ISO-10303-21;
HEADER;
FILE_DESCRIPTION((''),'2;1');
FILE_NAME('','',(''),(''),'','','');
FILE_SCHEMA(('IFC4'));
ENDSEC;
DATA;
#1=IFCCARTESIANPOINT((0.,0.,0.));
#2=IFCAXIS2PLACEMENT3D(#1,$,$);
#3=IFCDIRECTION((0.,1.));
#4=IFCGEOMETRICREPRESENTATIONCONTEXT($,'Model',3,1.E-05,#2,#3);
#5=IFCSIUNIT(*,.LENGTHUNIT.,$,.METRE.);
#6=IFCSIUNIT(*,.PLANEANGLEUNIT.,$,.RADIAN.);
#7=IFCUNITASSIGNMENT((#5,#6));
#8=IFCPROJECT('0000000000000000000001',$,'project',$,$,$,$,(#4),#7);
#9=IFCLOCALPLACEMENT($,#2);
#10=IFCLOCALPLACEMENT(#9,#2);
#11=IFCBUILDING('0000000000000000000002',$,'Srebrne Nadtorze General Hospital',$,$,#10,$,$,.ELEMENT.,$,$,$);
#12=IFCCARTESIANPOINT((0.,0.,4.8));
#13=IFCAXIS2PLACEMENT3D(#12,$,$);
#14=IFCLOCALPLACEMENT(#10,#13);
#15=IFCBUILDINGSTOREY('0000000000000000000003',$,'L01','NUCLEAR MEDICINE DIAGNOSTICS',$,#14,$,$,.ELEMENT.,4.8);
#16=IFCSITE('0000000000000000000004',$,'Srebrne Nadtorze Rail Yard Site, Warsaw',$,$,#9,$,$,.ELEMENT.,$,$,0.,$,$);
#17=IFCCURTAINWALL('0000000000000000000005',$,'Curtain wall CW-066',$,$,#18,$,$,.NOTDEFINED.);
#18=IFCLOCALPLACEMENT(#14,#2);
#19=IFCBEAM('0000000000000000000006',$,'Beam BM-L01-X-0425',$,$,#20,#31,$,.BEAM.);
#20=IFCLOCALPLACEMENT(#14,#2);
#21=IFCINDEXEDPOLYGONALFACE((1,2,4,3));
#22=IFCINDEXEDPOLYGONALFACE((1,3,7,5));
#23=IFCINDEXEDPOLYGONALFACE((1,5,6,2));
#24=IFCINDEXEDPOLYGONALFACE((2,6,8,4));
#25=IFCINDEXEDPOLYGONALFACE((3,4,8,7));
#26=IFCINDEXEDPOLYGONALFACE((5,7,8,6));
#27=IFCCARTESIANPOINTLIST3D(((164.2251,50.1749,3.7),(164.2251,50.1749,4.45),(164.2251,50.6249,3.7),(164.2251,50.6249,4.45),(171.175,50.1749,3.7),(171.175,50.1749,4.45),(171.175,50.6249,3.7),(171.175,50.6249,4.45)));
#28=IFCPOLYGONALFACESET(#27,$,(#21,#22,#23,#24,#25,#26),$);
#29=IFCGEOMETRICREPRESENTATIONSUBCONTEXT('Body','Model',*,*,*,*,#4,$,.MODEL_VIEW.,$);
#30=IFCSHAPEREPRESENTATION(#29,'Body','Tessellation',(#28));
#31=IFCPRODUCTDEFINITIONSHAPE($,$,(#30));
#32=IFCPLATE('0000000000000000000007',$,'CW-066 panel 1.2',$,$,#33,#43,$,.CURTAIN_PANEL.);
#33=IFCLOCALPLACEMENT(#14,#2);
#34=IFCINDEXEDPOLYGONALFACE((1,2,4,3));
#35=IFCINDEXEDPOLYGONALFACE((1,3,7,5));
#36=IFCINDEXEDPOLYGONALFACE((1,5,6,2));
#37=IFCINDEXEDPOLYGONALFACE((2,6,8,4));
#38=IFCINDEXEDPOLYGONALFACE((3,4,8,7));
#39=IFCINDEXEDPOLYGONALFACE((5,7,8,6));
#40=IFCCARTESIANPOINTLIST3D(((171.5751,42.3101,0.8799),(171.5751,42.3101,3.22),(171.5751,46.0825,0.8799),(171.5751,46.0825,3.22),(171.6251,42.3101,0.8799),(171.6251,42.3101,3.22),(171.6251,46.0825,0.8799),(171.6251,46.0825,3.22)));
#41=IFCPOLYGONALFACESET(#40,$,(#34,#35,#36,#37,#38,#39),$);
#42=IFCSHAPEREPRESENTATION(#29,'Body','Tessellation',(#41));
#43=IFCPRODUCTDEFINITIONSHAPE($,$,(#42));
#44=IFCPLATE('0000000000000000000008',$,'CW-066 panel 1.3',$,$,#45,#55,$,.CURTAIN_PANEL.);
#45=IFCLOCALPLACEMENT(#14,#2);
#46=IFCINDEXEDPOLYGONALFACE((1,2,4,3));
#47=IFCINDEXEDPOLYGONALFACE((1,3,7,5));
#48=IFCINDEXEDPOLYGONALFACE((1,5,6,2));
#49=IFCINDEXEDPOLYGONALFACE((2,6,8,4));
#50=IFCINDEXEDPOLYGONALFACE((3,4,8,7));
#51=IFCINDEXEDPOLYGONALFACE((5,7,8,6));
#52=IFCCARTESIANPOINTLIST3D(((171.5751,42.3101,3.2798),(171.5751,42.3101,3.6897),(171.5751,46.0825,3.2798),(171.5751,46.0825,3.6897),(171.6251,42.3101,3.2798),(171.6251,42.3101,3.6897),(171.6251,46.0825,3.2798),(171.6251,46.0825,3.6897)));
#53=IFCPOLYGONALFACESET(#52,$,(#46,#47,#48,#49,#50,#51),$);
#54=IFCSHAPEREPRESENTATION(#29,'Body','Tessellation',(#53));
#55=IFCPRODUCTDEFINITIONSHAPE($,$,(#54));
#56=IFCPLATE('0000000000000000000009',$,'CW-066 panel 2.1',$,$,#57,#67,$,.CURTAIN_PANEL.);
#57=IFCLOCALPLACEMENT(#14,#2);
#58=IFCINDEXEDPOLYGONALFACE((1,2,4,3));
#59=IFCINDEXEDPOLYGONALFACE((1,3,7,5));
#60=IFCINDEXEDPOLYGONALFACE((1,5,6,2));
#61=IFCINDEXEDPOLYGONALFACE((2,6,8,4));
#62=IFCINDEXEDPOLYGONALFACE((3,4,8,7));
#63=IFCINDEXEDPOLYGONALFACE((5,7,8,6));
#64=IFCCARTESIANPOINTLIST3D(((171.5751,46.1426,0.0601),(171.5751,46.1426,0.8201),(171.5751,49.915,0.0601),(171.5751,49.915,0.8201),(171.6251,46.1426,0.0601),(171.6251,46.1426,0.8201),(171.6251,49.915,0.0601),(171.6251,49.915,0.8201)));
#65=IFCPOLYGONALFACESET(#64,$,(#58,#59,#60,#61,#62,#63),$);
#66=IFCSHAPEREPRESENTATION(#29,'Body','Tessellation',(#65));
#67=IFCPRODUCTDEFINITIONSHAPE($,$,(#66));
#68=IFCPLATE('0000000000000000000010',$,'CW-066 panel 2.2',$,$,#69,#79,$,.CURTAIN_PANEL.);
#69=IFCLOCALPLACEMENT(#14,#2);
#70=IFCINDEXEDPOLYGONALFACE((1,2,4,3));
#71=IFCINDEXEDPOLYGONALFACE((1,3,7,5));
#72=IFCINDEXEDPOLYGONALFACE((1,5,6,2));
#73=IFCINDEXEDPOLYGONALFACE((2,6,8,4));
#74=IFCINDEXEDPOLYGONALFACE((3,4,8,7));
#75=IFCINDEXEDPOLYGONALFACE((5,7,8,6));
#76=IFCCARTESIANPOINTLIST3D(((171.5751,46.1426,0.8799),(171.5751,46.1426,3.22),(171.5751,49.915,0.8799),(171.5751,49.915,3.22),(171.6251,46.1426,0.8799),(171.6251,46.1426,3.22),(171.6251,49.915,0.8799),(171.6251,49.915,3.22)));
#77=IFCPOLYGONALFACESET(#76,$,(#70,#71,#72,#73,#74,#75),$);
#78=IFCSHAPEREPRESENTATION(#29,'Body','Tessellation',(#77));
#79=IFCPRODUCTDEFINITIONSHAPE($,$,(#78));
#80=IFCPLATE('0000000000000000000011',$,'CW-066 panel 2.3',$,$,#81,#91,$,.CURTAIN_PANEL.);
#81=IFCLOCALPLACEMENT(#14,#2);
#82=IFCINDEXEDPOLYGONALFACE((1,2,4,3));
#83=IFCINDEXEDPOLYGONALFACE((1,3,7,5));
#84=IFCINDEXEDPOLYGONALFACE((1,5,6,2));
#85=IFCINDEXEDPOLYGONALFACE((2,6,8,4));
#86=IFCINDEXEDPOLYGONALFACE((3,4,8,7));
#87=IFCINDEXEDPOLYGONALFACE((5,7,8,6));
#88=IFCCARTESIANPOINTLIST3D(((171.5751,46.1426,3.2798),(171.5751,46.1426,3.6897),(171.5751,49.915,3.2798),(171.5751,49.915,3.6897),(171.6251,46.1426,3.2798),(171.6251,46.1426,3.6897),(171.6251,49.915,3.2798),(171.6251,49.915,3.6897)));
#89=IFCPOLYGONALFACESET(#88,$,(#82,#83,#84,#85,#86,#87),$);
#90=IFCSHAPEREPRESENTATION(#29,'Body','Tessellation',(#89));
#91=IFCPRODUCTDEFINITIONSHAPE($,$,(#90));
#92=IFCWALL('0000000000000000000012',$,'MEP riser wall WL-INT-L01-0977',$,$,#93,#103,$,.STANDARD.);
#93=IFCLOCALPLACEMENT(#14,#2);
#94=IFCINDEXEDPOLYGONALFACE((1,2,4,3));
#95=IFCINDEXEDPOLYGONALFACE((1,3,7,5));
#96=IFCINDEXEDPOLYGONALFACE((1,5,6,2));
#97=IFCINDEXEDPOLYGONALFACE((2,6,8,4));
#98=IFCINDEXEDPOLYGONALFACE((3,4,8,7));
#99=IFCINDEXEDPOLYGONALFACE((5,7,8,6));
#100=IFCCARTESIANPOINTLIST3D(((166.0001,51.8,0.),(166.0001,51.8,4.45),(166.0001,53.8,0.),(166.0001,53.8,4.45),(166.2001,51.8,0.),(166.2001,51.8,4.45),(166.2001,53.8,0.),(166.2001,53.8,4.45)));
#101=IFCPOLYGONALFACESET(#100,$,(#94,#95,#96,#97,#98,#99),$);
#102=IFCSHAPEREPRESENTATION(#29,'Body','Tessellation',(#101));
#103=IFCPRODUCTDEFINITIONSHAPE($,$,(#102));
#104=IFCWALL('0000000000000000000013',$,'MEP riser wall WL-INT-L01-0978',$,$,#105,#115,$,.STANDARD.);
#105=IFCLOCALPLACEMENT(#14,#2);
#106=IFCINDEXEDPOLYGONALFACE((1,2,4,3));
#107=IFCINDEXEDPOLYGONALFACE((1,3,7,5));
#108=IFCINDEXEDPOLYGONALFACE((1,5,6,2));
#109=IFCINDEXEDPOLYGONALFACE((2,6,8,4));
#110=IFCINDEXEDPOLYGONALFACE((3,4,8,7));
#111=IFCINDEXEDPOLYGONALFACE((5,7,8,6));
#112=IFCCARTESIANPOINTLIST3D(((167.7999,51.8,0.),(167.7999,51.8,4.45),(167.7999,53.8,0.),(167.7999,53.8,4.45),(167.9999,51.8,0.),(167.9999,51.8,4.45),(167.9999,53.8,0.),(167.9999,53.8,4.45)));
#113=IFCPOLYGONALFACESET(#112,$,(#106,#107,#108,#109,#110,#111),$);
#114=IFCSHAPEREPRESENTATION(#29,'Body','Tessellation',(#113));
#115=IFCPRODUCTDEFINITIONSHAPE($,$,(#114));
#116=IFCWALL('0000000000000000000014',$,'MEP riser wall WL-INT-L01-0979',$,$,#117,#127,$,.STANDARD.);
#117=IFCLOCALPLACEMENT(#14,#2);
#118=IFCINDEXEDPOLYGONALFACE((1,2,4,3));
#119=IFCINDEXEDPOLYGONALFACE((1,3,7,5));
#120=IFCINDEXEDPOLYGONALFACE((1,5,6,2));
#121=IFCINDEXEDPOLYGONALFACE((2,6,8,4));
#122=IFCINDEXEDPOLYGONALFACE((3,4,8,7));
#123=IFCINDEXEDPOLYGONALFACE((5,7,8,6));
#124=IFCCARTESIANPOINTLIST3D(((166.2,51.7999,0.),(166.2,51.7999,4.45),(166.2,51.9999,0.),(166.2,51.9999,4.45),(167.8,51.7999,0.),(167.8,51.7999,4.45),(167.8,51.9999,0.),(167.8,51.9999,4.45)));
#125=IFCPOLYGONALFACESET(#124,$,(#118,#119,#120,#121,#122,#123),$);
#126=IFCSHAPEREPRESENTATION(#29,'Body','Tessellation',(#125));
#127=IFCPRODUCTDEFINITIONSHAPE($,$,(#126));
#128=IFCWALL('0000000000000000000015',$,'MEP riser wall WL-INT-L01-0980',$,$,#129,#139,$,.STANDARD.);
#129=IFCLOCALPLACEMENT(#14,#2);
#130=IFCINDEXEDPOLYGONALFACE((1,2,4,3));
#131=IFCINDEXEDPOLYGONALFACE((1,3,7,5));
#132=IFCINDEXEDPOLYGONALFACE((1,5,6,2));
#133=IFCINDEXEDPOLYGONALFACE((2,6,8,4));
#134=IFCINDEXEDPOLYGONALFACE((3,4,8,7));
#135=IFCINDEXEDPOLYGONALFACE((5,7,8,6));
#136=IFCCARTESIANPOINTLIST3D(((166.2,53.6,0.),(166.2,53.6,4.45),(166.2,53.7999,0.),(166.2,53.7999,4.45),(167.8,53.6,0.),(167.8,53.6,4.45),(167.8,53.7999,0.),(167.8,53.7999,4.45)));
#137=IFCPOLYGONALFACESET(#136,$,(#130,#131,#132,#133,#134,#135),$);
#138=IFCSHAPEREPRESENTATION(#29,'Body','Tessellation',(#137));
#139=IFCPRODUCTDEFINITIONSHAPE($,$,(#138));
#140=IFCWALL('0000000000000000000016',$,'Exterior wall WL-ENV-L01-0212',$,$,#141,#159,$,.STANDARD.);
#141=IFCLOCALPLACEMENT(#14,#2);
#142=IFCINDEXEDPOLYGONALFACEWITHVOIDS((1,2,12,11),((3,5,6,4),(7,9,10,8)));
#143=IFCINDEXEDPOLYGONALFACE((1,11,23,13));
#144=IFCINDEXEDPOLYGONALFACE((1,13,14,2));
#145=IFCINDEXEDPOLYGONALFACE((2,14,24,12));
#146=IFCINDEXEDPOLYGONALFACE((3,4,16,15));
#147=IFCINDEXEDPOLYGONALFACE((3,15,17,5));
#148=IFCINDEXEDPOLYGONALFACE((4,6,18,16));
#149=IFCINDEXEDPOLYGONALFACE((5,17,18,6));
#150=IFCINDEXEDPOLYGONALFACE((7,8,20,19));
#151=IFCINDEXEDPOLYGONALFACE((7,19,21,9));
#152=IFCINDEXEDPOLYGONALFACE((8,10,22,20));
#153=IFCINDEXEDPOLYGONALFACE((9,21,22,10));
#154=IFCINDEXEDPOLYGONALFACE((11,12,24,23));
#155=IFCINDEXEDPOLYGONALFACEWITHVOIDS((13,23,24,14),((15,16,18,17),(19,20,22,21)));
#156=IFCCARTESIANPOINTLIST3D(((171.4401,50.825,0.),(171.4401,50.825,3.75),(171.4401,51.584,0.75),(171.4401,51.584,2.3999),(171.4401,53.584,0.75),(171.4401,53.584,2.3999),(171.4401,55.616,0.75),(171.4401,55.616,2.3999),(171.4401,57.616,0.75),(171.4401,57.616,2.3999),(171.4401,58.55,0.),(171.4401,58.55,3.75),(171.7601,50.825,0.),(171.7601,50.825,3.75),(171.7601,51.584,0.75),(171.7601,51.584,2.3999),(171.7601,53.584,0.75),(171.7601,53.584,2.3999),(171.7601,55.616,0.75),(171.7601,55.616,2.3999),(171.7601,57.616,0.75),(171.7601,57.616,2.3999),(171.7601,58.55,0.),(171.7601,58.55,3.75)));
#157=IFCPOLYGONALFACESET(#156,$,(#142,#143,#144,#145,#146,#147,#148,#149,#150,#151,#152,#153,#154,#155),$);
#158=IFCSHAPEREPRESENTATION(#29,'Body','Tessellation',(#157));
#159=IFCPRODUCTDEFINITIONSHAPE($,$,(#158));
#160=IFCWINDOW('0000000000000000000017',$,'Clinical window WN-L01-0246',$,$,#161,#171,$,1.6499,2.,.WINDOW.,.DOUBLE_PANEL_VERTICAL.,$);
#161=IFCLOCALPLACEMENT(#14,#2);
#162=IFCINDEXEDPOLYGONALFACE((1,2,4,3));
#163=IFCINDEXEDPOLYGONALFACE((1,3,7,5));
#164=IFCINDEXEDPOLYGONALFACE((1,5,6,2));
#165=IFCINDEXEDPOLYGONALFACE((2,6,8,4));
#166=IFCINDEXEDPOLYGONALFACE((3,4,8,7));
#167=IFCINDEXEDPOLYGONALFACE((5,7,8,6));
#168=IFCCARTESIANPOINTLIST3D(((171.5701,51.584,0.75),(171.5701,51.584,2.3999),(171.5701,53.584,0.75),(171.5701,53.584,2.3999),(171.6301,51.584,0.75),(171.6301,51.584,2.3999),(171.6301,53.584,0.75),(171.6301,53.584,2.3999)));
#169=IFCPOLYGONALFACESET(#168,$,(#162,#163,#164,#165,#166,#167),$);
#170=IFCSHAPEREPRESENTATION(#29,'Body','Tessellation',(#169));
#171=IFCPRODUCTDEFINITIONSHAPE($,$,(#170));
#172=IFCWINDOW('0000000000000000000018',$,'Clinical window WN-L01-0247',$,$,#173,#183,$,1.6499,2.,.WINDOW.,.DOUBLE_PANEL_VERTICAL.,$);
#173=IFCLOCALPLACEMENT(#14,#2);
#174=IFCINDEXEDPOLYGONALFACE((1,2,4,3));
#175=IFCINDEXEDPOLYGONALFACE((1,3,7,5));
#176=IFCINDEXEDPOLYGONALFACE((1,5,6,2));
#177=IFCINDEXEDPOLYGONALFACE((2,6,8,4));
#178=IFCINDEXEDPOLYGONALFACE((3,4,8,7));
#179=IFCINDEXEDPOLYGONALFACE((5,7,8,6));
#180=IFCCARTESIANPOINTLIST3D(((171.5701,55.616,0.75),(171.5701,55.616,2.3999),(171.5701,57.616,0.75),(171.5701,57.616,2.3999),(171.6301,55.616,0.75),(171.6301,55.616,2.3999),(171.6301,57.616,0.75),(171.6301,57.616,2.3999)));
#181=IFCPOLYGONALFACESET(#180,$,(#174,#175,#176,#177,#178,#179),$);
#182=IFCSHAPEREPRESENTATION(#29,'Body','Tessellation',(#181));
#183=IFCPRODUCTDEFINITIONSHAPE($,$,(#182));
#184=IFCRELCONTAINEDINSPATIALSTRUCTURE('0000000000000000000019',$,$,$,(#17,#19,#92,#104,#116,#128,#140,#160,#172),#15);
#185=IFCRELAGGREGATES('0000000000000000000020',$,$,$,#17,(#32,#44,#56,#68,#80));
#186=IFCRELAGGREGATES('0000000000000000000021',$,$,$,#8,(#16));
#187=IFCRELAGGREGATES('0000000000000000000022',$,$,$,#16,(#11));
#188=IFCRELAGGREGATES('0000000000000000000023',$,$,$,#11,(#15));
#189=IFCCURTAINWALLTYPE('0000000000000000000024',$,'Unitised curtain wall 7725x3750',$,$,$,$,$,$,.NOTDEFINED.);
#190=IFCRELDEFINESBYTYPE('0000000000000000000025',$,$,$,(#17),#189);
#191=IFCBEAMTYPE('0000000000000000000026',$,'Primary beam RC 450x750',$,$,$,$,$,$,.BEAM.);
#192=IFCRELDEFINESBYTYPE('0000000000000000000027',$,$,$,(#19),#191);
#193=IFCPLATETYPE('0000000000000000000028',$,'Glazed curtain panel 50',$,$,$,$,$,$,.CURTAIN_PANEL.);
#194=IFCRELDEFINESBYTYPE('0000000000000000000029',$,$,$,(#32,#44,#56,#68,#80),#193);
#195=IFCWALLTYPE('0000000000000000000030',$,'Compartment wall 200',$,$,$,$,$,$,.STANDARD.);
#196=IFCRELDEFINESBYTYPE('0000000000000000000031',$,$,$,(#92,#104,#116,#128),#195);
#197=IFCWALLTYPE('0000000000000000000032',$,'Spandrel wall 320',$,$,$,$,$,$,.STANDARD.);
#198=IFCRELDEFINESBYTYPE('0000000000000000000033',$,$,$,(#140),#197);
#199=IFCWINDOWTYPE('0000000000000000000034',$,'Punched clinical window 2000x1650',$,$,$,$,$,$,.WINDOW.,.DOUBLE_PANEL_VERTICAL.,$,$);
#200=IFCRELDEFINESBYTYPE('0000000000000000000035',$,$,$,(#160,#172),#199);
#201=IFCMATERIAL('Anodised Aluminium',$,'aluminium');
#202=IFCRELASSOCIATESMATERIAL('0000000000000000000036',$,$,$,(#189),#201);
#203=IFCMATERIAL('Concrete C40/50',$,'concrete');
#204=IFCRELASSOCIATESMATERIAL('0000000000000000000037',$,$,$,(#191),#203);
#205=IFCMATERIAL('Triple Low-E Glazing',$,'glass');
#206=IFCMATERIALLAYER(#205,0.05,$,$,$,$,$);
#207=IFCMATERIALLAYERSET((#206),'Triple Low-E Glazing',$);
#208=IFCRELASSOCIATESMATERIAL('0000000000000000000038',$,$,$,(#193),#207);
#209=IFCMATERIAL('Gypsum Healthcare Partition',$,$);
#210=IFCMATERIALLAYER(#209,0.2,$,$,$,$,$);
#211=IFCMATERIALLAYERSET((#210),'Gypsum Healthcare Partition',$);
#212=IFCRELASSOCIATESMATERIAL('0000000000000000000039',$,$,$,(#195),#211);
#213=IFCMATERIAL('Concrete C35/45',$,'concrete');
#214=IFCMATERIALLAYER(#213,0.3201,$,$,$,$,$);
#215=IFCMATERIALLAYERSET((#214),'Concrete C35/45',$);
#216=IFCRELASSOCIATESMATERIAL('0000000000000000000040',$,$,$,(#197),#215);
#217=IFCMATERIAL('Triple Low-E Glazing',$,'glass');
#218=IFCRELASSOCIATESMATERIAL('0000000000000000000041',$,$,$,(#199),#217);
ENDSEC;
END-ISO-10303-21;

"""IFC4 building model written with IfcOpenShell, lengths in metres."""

from ifc_helpers import new_model, si_unit, direction, frame, frame_2d, origin, origin_2d, place, context, subcontext, project, spatial, rectangle, extrude, material, layer, layer_set, material_profile, profile_set, type_object, element, fill, aggregate, save


model = new_model("IFC4")

# Units and contexts
model_context = context("Model", 3, precision=1e-05, world=origin(), true_north=direction((0.0, 1.0)))
body_context = subcontext(model_context, "Body", "Model", "MODEL_VIEW")
ifc_project = project(units=[si_unit("LENGTHUNIT", "METRE"), si_unit("PLANEANGLEUNIT", "RADIAN")], contexts=[model_context])

# Site, building, storey
site_placement = place(None, origin())
site = spatial("IfcSite", under=ifc_project, at=site_placement, Name="Srebrne Nadtorze Rail Yard Site, Warsaw", CompositionType="ELEMENT", RefElevation=0.0)
building_placement = place(site_placement, origin())
building = spatial("IfcBuilding", under=site, at=building_placement, Name="Srebrne Nadtorze General Hospital", CompositionType="ELEMENT")
storey_placement = place(building_placement, frame((0.0, 0.0, 4.8)))
storey = spatial("IfcBuildingStorey", under=building, at=storey_placement, Name="L01", Description="NUCLEAR MEDICINE DIAGNOSTICS", CompositionType="ELEMENT", Elevation=4.8)

# Curtain wall
ifc_material_1 = material(Name="Anodised Aluminium", Category="aluminium")
curtain_wall_type = type_object("IfcCurtainWallType", Name="Unitised curtain wall 7725x3750", PredefinedType="NOTDEFINED", material=ifc_material_1)
curtain_wall_placement = place(storey_placement, origin())
curtain_wall = element("IfcCurtainWall", 1, at=curtain_wall_placement, inside=storey, type_object=curtain_wall_type, Name="Curtain wall CW-066", PredefinedType="NOTDEFINED")

# Beam
ifc_material_2 = material(Name="Concrete C40/50", Category="concrete")
ifc_material_profile_1 = material_profile(ifc_material_2, rectangle(XDim=0.45, YDim=0.75, at=origin_2d()), Name="RC-BM-450x750")
ifc_profile_set_1 = profile_set([ifc_material_profile_1], Name="Concrete C40/50")
beam_type_1 = type_object("IfcBeamType", Name="Primary beam RC 450x750", PredefinedType="BEAM", material=ifc_profile_set_1)
for number, where, z_axis, x_axis, name in (
    (2, (164.2251, 50.3999, 4.075), (1.0, 0.0, 0.0), (0.0, 1.0, 0.0), "Beam BM-L01-X-0425"),
):
    element("IfcBeam", number, at=place(storey_placement, frame(where, z_axis=z_axis, x_axis=x_axis)), inside=storey, type_object=beam_type_1, Name=name, PredefinedType="BEAM", context=body_context, shape_type="SweptSolid", body=[
        extrude(rectangle(XDim=0.45, YDim=0.75, at=origin_2d()), origin(), (0.0, 0.0, 1.0), 6.95),
    ])

# Plates
ifc_material_3 = material(Name="Triple Low-E Glazing", Category="glass")
ifc_layer_1 = layer(ifc_material_3, 0.05)
ifc_layer_set_1 = layer_set([ifc_layer_1], Name="Triple Low-E Glazing")
plate_type = type_object("IfcPlateType", Name="Glazed curtain panel 50", PredefinedType="CURTAIN_PANEL", material=ifc_layer_set_1)
plate_1_placement = place(storey_placement, frame((171.6001, 44.1963, 0.8799), z_axis=(0.0, 0.0, 1.0), x_axis=(0.0, 1.0, 0.0)))
plate_1 = element("IfcPlate", 3, at=plate_1_placement, type_object=plate_type, Name="CW-066 panel 1.2", PredefinedType="CURTAIN_PANEL", context=body_context, shape_type="SweptSolid", body=[
    extrude(rectangle(XDim=3.7725, YDim=0.05, at=origin_2d()), origin(), (0.0, 0.0, 1.0), 2.3401),
])
plate_2_placement = place(storey_placement, frame((171.6001, 44.1963, 3.2798), z_axis=(0.0, 0.0, 1.0), x_axis=(0.0, 1.0, 0.0)))
plate_2 = element("IfcPlate", 4, at=plate_2_placement, type_object=plate_type, Name="CW-066 panel 1.3", PredefinedType="CURTAIN_PANEL", context=body_context, shape_type="SweptSolid", body=[
    extrude(rectangle(XDim=3.7725, YDim=0.05, at=origin_2d()), origin(), (0.0, 0.0, 1.0), 0.4099),
])
plate_3_placement = place(storey_placement, frame((171.6001, 48.0288, 0.0601), z_axis=(0.0, 0.0, 1.0), x_axis=(0.0, 1.0, 0.0)))
plate_3 = element("IfcPlate", 5, at=plate_3_placement, type_object=plate_type, Name="CW-066 panel 2.1", PredefinedType="CURTAIN_PANEL", context=body_context, shape_type="SweptSolid", body=[
    extrude(rectangle(XDim=3.7725, YDim=0.05, at=origin_2d()), origin(), (0.0, 0.0, 1.0), 0.76),
])
plate_4_placement = place(storey_placement, frame((171.6001, 48.0288, 0.8799), z_axis=(0.0, 0.0, 1.0), x_axis=(0.0, 1.0, 0.0)))
plate_4 = element("IfcPlate", 6, at=plate_4_placement, type_object=plate_type, Name="CW-066 panel 2.2", PredefinedType="CURTAIN_PANEL", context=body_context, shape_type="SweptSolid", body=[
    extrude(rectangle(XDim=3.7725, YDim=0.05, at=origin_2d()), origin(), (0.0, 0.0, 1.0), 2.3401),
])
plate_5_placement = place(storey_placement, frame((171.6001, 48.0288, 3.2798), z_axis=(0.0, 0.0, 1.0), x_axis=(0.0, 1.0, 0.0)))
plate_5 = element("IfcPlate", 7, at=plate_5_placement, type_object=plate_type, Name="CW-066 panel 2.3", PredefinedType="CURTAIN_PANEL", context=body_context, shape_type="SweptSolid", body=[
    extrude(rectangle(XDim=3.7725, YDim=0.05, at=origin_2d()), origin(), (0.0, 0.0, 1.0), 0.4099),
])
aggregate(curtain_wall, [plate_1, plate_2, plate_3, plate_4, plate_5])

# Walls
ifc_material_4 = material(Name="Gypsum Healthcare Partition")
ifc_layer_2 = layer(ifc_material_4, 0.2)
ifc_layer_set_2 = layer_set([ifc_layer_2], Name="Gypsum Healthcare Partition")
wall_type_1 = type_object("IfcWallType", Name="Compartment wall 200", PredefinedType="STANDARD", material=ifc_layer_set_2)
for number, where, z_axis, x_axis, name in (
    (8, (166.1001, 51.8, 0.0), (0.0, 0.0, 1.0), (0.0, 1.0, 0.0), "MEP riser wall WL-INT-L01-0977"),
    (9, (167.8999, 51.8, 0.0), (0.0, 0.0, 1.0), (0.0, 1.0, 0.0), "MEP riser wall WL-INT-L01-0978"),
):
    element("IfcWall", number, at=place(storey_placement, frame(where, z_axis=z_axis, x_axis=x_axis)), inside=storey, type_object=wall_type_1, Name=name, PredefinedType="STANDARD", context=body_context, shape_type="SweptSolid", body=[
        extrude(rectangle(XDim=2.0, YDim=0.2, at=frame_2d((1.0, 0.0))), origin(), (0.0, 0.0, 1.0), 4.45),
    ])
for number, where, z_axis, x_axis, name in (
    (10, (166.2, 51.8999, 0.0), (0.0, 0.0, 1.0), (1.0, 0.0, 0.0), "MEP riser wall WL-INT-L01-0979"),
    (11, (166.2, 53.7, 0.0), (0.0, 0.0, 1.0), (1.0, 0.0, 0.0), "MEP riser wall WL-INT-L01-0980"),
):
    element("IfcWall", number, at=place(storey_placement, frame(where, z_axis=z_axis, x_axis=x_axis)), inside=storey, type_object=wall_type_1, Name=name, PredefinedType="STANDARD", context=body_context, shape_type="SweptSolid", body=[
        extrude(rectangle(XDim=1.6001, YDim=0.2, at=frame_2d((0.8, 0.0))), origin(), (0.0, 0.0, 1.0), 4.45),
    ])

# Wall, openings, windows
ifc_material_5 = material(Name="Concrete C35/45", Category="concrete")
ifc_layer_3 = layer(ifc_material_5, 0.3201)
ifc_layer_set_3 = layer_set([ifc_layer_3], Name="Concrete C35/45")
wall_type_2 = type_object("IfcWallType", Name="Spandrel wall 320", PredefinedType="STANDARD", material=ifc_layer_set_3)
wall_placement = place(storey_placement, frame((171.6001, 50.825, 0.0), z_axis=(0.0, 0.0, 1.0), x_axis=(0.0, 1.0, 0.0)))
wall = element("IfcWall", 12, at=wall_placement, inside=storey, type_object=wall_type_2, Name="Exterior wall WL-ENV-L01-0212", PredefinedType="STANDARD", context=body_context, shape_type="SweptSolid", body=[
    extrude(rectangle(XDim=7.7251, YDim=0.3201, at=frame_2d((3.8625, 0.0))), origin(), (0.0, 0.0, 1.0), 3.75),
])
opening_1_placement = place(wall_placement, frame((0.759, 0.0, 0.75)))
opening_1 = element("IfcOpeningElement", 13, at=opening_1_placement, cuts=wall, PredefinedType="OPENING", context=body_context, shape_type="SweptSolid", body=[
    extrude(rectangle(XDim=2.0, YDim=1.6499, at=frame_2d((1.0, 0.825))), frame((0.0, 0.1719, 0.0), z_axis=(0.0, -1.0, 0.0), x_axis=(1.0, 0.0, 0.0)), (0.0, 0.0, 1.0), 0.344),
])
opening_2_placement = place(wall_placement, frame((4.791, 0.0, 0.75)))
opening_2 = element("IfcOpeningElement", 14, at=opening_2_placement, cuts=wall, PredefinedType="OPENING", context=body_context, shape_type="SweptSolid", body=[
    extrude(rectangle(XDim=2.0, YDim=1.6499, at=frame_2d((1.0, 0.825))), frame((0.0, 0.1719, 0.0), z_axis=(0.0, -1.0, 0.0), x_axis=(1.0, 0.0, 0.0)), (0.0, 0.0, 1.0), 0.344),
])
ifc_material_6 = material(Name="Triple Low-E Glazing", Category="glass")
window_type = type_object("IfcWindowType", Name="Punched clinical window 2000x1650", PartitioningType="DOUBLE_PANEL_VERTICAL", PredefinedType="WINDOW", material=ifc_material_6)
window_1_placement = place(opening_1_placement, origin())
window_1 = element("IfcWindow", 15, at=window_1_placement, inside=storey, type_object=window_type, Name="Clinical window WN-L01-0246", OverallHeight=1.6499, OverallWidth=2.0, PartitioningType="DOUBLE_PANEL_VERTICAL", PredefinedType="WINDOW", context=body_context, shape_type="SweptSolid", body=[
    extrude(rectangle(XDim=2.0, YDim=1.6499, at=frame_2d((1.0, 0.825))), frame((0.0, 0.03, 0.0), z_axis=(0.0, -1.0, 0.0), x_axis=(1.0, 0.0, 0.0)), (0.0, 0.0, 1.0), 0.0601),
])
fill(opening_1, window_1)
window_2_placement = place(opening_2_placement, origin())
window_2 = element("IfcWindow", 16, at=window_2_placement, inside=storey, type_object=window_type, Name="Clinical window WN-L01-0247", OverallHeight=1.6499, OverallWidth=2.0, PartitioningType="DOUBLE_PANEL_VERTICAL", PredefinedType="WINDOW", context=body_context, shape_type="SweptSolid", body=[
    extrude(rectangle(XDim=2.0, YDim=1.6499, at=frame_2d((1.0, 0.825))), frame((0.0, 0.03, 0.0), z_axis=(0.0, -1.0, 0.0), x_axis=(1.0, 0.0, 0.0)), (0.0, 0.0, 1.0), 0.0601),
])
fill(opening_2, window_2)

save(model, "model.ifc")
